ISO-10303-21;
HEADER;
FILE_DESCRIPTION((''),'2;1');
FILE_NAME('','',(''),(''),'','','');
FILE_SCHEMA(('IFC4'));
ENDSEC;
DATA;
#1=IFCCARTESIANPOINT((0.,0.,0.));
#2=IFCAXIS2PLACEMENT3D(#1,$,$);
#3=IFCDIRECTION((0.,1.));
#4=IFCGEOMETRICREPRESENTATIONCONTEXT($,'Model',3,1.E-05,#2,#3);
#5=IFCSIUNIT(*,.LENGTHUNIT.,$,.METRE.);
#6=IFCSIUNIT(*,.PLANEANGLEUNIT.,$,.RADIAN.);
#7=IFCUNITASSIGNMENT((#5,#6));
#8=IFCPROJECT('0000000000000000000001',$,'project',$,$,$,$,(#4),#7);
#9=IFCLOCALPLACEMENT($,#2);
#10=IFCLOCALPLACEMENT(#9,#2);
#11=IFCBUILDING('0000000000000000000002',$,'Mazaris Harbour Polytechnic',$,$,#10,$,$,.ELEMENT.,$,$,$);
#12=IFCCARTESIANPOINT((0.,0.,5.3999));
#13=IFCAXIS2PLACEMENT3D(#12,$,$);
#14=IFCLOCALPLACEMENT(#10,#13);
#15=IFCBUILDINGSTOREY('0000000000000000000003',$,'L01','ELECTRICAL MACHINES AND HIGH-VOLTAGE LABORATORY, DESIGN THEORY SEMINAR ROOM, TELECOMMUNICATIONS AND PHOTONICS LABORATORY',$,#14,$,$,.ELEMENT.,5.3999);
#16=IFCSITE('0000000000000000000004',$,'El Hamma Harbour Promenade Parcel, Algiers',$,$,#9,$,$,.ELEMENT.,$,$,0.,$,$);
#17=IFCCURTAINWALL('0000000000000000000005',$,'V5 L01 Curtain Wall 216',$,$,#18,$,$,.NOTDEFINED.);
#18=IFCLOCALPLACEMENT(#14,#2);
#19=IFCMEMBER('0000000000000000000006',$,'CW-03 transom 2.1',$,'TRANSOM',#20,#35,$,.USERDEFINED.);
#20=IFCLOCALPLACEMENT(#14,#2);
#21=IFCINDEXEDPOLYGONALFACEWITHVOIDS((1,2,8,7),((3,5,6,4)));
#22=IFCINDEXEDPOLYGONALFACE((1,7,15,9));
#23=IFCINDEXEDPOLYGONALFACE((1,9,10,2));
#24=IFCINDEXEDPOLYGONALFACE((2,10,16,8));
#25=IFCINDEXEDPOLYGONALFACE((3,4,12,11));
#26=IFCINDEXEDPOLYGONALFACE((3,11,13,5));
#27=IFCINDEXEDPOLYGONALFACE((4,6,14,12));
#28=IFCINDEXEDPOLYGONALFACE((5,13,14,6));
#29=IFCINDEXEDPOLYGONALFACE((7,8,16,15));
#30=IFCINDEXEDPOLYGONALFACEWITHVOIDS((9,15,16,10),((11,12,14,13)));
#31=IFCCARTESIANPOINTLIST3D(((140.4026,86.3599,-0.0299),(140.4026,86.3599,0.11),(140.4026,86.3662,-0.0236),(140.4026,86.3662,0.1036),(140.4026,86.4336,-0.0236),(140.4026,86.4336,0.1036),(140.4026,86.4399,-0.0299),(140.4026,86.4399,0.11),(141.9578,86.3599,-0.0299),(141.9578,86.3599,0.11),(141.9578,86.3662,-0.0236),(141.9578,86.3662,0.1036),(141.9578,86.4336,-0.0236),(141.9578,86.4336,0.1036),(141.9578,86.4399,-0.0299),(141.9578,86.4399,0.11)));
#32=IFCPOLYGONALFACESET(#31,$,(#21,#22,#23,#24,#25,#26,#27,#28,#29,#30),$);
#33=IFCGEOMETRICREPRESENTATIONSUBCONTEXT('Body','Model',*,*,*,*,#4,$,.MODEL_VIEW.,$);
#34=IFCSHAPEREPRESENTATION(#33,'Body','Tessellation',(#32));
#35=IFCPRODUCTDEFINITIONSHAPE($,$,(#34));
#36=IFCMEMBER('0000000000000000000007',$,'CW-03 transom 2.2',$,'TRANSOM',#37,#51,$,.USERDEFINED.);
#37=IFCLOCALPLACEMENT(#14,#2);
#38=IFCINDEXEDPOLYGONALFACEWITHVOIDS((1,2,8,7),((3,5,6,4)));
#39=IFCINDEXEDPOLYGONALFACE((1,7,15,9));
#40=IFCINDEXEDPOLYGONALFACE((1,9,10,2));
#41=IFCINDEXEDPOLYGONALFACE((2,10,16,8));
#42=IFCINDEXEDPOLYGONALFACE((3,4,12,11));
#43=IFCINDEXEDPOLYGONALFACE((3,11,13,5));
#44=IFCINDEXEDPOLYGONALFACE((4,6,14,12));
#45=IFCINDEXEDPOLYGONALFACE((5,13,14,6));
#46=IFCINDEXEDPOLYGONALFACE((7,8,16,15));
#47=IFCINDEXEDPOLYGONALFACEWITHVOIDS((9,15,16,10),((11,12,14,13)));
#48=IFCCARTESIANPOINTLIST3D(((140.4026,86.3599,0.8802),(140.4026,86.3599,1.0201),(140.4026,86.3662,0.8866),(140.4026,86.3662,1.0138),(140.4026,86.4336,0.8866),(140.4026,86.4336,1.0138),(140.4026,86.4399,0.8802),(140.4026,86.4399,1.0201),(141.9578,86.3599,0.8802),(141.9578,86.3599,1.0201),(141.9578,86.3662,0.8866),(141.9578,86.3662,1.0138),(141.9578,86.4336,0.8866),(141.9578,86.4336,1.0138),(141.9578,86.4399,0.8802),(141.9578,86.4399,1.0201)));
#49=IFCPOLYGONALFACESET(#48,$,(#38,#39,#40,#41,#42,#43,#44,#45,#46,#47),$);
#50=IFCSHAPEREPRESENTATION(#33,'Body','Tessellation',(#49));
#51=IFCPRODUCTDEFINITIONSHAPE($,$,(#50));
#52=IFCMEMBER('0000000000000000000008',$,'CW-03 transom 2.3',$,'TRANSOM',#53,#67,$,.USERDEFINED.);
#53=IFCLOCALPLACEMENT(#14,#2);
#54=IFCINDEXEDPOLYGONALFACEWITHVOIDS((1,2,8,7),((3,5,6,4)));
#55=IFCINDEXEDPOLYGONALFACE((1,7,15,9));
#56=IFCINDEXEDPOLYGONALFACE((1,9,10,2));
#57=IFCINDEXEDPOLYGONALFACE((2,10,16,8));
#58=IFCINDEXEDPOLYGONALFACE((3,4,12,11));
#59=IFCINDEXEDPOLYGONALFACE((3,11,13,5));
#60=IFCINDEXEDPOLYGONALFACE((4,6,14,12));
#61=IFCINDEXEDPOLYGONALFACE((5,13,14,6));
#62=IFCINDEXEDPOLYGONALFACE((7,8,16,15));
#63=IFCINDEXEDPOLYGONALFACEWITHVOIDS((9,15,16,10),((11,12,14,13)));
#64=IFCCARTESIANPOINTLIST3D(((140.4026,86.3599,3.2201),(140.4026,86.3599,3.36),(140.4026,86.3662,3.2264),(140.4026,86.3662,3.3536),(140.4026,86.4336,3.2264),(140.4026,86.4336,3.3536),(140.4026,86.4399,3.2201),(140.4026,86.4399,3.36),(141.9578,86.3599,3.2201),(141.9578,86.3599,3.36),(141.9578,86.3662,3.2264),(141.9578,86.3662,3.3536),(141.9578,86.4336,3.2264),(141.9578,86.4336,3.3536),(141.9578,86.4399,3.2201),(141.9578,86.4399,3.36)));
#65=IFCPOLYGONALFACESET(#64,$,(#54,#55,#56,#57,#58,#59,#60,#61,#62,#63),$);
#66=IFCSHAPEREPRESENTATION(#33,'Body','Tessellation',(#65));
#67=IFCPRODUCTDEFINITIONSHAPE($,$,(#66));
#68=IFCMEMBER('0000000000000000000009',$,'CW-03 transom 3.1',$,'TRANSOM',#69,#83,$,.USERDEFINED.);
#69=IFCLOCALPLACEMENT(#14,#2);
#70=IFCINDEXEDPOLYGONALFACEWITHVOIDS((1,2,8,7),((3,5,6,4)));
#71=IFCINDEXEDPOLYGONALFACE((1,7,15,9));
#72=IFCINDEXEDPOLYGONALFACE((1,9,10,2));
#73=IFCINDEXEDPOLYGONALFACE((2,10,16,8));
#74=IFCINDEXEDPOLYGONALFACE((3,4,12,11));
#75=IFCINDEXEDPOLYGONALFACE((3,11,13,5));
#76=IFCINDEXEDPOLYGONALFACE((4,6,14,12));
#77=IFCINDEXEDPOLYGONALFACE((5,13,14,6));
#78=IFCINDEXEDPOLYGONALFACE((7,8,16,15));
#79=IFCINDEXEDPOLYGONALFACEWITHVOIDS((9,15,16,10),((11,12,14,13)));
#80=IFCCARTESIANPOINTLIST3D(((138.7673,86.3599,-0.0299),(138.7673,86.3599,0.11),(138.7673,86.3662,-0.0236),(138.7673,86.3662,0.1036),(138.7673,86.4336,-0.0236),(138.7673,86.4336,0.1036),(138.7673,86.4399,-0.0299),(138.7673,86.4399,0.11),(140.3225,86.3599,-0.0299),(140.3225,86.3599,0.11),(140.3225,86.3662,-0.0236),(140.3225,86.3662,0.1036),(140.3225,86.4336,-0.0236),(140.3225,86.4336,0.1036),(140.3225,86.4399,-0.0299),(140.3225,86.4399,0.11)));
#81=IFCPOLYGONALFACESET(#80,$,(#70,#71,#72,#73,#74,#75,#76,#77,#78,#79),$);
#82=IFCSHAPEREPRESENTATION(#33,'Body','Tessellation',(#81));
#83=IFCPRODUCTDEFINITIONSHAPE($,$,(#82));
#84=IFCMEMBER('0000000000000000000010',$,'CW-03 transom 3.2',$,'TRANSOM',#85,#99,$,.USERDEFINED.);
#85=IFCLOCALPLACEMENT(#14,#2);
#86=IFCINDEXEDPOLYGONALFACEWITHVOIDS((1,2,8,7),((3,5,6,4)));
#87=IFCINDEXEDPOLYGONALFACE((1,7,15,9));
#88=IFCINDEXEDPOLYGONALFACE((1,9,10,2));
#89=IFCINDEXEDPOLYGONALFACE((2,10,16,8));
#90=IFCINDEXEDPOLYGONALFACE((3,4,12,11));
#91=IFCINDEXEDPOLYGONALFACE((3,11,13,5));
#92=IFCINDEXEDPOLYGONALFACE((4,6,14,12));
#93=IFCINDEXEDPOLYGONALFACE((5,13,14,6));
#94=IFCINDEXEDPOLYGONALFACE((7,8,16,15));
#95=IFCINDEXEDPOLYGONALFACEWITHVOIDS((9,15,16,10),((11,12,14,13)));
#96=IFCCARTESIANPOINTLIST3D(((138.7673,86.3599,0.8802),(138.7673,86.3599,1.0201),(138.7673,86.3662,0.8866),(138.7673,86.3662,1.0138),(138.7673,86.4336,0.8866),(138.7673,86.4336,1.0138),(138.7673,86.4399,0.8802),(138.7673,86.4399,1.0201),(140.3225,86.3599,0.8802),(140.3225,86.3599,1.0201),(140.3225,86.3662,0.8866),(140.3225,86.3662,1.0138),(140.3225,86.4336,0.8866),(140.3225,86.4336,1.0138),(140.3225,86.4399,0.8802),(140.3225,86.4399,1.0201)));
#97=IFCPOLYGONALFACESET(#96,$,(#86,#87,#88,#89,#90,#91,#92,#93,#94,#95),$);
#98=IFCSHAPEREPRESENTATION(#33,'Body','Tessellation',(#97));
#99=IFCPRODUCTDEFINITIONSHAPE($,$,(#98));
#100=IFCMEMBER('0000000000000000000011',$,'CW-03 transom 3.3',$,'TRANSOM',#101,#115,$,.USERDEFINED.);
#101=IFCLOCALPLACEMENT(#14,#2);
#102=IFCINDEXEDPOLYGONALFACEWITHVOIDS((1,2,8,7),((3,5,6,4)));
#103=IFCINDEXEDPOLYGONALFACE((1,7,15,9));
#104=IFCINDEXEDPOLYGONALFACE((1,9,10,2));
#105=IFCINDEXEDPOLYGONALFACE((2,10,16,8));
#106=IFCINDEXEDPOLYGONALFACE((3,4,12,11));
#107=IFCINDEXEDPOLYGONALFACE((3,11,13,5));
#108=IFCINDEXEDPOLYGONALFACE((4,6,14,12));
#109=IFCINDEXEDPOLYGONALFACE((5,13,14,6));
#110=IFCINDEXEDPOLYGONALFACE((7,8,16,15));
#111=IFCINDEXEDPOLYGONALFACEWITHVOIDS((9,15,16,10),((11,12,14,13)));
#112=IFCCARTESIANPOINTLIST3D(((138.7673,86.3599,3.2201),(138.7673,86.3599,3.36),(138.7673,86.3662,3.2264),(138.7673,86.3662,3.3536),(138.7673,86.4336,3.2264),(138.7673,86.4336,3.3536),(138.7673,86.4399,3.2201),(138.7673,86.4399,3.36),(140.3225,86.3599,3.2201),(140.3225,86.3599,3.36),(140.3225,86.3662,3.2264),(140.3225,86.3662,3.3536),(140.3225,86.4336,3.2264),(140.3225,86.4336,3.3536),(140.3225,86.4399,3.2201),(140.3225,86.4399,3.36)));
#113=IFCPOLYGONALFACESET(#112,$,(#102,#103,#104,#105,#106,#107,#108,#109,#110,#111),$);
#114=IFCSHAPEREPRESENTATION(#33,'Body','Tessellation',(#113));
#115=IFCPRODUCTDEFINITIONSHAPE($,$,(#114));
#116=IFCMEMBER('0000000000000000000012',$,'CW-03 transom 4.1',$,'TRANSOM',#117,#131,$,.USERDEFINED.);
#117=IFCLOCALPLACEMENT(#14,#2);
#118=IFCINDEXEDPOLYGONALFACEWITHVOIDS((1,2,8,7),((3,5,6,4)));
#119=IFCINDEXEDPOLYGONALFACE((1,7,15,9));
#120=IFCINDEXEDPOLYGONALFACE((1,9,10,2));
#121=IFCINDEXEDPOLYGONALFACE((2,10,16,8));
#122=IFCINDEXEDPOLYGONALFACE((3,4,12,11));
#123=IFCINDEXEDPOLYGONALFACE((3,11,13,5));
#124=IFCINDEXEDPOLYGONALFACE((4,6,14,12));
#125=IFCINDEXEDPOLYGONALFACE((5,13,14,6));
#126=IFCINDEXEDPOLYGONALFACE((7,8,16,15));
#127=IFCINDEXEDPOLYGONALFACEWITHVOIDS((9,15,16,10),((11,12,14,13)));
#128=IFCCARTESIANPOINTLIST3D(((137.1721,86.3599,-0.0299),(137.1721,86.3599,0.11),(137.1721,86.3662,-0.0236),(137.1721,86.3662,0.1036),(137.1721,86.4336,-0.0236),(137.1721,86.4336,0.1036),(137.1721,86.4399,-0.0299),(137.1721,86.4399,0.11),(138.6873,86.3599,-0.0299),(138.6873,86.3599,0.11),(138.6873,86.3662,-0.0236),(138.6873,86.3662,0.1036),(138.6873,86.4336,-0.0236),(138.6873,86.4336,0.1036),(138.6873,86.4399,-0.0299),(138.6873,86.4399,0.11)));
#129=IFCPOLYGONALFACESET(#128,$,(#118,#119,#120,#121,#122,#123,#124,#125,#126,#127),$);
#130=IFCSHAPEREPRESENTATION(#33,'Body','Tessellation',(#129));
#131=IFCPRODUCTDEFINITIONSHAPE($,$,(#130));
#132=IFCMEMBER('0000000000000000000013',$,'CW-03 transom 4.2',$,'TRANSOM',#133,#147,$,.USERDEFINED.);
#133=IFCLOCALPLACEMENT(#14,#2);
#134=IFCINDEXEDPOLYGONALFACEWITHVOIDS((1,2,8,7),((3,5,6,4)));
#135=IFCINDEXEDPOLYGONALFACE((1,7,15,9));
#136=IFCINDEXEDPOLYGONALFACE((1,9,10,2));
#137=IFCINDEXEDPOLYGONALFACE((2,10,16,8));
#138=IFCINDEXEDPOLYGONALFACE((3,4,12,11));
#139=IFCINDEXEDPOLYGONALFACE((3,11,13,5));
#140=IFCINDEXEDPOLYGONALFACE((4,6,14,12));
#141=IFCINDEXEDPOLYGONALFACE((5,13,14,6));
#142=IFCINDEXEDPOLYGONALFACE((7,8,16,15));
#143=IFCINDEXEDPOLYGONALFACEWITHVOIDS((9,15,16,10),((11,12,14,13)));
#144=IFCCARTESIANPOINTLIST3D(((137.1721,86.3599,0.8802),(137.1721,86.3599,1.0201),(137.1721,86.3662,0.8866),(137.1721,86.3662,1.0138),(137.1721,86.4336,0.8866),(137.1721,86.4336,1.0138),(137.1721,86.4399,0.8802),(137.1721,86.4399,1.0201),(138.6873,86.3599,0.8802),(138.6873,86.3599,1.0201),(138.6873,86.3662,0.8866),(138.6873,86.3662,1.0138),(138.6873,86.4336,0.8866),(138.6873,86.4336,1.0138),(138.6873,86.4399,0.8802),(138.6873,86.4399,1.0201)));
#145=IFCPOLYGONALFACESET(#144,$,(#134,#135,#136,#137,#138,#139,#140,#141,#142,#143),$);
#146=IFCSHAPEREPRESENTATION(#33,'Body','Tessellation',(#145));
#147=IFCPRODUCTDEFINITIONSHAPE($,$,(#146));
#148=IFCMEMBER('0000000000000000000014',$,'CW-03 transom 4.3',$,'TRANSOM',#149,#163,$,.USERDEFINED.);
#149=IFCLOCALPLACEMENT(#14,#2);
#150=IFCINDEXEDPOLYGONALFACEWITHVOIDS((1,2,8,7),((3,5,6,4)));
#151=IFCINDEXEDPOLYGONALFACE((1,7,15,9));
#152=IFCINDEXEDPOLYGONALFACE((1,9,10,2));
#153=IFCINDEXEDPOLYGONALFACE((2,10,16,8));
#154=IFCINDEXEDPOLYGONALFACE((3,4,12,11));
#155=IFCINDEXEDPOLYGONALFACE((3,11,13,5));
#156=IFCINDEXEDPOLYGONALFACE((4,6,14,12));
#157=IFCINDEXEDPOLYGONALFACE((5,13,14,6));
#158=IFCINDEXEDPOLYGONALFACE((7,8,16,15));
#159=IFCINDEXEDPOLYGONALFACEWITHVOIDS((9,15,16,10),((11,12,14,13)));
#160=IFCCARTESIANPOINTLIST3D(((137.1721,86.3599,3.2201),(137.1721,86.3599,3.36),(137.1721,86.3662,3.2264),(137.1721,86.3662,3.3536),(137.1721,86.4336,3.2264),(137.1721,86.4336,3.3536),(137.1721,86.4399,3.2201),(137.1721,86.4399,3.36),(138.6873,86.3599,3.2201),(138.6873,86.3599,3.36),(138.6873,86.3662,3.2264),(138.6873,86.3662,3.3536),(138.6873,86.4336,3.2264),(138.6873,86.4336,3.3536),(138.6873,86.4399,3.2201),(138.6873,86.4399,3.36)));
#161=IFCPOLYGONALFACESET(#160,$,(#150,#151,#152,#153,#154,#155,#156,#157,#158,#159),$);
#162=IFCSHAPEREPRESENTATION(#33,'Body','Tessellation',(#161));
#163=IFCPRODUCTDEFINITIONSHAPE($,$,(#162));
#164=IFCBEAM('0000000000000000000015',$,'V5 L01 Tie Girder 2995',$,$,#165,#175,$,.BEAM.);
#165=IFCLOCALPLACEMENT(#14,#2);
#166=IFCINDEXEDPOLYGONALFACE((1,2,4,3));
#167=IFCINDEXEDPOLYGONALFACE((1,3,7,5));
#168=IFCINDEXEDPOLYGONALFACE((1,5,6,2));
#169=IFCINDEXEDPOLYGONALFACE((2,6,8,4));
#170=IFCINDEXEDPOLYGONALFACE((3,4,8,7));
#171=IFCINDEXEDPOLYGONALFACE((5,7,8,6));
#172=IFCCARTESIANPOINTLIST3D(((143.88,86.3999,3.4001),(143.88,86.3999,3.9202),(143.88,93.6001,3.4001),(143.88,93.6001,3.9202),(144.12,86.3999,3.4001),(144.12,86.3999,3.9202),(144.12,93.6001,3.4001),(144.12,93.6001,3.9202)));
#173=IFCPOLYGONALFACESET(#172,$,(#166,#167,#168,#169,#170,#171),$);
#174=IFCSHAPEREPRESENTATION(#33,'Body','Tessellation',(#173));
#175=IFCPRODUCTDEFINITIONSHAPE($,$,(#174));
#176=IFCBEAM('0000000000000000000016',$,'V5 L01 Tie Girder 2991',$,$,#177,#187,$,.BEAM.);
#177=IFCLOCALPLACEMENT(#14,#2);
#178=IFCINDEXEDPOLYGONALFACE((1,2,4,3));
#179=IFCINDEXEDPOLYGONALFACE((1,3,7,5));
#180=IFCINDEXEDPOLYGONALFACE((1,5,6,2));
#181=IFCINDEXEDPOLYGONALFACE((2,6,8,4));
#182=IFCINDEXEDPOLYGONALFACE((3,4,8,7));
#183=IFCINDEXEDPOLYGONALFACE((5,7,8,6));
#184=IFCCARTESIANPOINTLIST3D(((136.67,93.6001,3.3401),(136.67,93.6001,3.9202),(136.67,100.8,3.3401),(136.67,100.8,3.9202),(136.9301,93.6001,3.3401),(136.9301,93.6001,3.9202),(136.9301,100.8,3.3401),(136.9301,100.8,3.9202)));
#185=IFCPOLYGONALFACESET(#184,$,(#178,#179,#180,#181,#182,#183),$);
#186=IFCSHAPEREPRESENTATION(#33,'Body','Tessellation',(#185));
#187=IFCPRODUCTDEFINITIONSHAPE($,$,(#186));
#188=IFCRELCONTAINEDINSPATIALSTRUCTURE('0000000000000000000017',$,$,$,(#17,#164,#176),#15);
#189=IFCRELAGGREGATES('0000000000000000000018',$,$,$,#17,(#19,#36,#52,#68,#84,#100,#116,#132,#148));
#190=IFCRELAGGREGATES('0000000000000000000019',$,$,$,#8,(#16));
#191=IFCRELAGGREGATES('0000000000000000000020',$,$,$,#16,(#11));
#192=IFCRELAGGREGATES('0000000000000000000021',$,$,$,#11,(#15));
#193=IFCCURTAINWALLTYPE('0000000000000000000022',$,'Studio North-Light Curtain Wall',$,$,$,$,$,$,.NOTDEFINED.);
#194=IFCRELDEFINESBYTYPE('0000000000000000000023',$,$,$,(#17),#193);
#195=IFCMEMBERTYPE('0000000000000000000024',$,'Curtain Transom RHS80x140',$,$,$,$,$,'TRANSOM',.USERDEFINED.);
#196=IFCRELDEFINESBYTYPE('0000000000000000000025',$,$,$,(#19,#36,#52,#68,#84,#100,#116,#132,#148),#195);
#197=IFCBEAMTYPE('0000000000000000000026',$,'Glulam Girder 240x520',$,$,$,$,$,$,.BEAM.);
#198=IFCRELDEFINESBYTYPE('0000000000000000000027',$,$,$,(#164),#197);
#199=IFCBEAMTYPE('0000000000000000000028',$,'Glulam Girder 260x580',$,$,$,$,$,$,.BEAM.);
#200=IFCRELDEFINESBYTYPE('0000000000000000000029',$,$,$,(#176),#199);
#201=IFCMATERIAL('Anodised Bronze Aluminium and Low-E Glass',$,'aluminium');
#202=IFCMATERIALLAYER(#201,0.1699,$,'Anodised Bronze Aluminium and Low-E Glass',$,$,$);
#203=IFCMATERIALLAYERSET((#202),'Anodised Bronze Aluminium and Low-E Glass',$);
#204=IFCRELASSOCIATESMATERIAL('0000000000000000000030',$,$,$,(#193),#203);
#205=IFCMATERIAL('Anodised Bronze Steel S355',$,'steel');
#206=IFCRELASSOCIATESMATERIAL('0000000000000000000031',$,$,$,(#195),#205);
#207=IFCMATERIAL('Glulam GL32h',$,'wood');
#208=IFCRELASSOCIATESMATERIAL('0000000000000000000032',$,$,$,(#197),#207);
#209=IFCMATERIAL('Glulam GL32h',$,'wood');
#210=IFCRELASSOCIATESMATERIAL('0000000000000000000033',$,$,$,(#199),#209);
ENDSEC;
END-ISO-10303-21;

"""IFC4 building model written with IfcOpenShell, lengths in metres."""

from ifc_helpers import new_model, si_unit, direction, frame, origin, origin_2d, place, context, subcontext, project, spatial, rectangle, hollow_rectangle, extrude, material, layer, layer_set, material_profile, profile_set, type_object, element, aggregate, save


model = new_model("IFC4")

# Units and contexts
model_context = context("Model", 3, precision=1e-05, world=origin(), true_north=direction((0.0, 1.0)))
body_context = subcontext(model_context, "Body", "Model", "MODEL_VIEW")
ifc_project = project(units=[si_unit("LENGTHUNIT", "METRE"), si_unit("PLANEANGLEUNIT", "RADIAN")], contexts=[model_context])

# Site, building, storey
site_placement = place(None, origin())
site = spatial("IfcSite", under=ifc_project, at=site_placement, Name="El Hamma Harbour Promenade Parcel, Algiers", CompositionType="ELEMENT", RefElevation=0.0)
building_placement = place(site_placement, origin())
building = spatial("IfcBuilding", under=site, at=building_placement, Name="Mazaris Harbour Polytechnic", CompositionType="ELEMENT")
storey_placement = place(building_placement, frame((0.0, 0.0, 5.3999)))
storey = spatial("IfcBuildingStorey", under=building, at=storey_placement, Name="L01", Description="ELECTRICAL MACHINES AND HIGH-VOLTAGE LABORATORY, DESIGN THEORY SEMINAR ROOM, TELECOMMUNICATIONS AND PHOTONICS LABORATORY", CompositionType="ELEMENT", Elevation=5.3999)

# Curtain wall
ifc_material_1 = material(Name="Anodised Bronze Aluminium and Low-E Glass", Category="aluminium")
ifc_layer_1 = layer(ifc_material_1, 0.1699, Name="Anodised Bronze Aluminium and Low-E Glass")
ifc_layer_set_1 = layer_set([ifc_layer_1], Name="Anodised Bronze Aluminium and Low-E Glass")
curtain_wall_type = type_object("IfcCurtainWallType", Name="Studio North-Light Curtain Wall", PredefinedType="NOTDEFINED", material=ifc_layer_set_1)
curtain_wall_1_placement = place(storey_placement, origin())
curtain_wall_1 = element("IfcCurtainWall", 1, at=curtain_wall_1_placement, inside=storey, type_object=curtain_wall_type, Name="V5 L01 Curtain Wall 216", PredefinedType="NOTDEFINED")

# Members
ifc_material_2 = material(Name="Anodised Bronze Steel S355", Category="steel")
ifc_material_profile_1 = material_profile(ifc_material_2, hollow_rectangle(XDim=0.0801, YDim=0.1399, WallThickness=0.0063, at=origin_2d()), Name="RHS 80x140x6.3")
ifc_profile_set_1 = profile_set([ifc_material_profile_1], Name="Anodised Bronze Steel S355")
member_type_1 = type_object("IfcMemberType", Name="Curtain Transom RHS80x140", ElementType="TRANSOM", PredefinedType="USERDEFINED", material=ifc_profile_set_1)
member_1_placement = place(storey_placement, frame((141.9578, 86.3999, 0.04), z_axis=(-1.0, 0.0, 0.0), x_axis=(0.0, -1.0, 0.0)))
member_1 = element("IfcMember", 2, at=member_1_placement, type_object=member_type_1, Name="CW-03 transom 2.1", ObjectType="TRANSOM", PredefinedType="USERDEFINED", context=body_context, shape_type="SweptSolid", body=[
    extrude(hollow_rectangle(XDim=0.0801, YDim=0.1399, WallThickness=0.0063, at=origin_2d()), origin(), (0.0, 0.0, 1.0), 1.5552),
])
member_2_placement = place(storey_placement, frame((141.9578, 86.3999, 0.9502), z_axis=(-1.0, 0.0, 0.0), x_axis=(0.0, -1.0, 0.0)))
member_2 = element("IfcMember", 3, at=member_2_placement, type_object=member_type_1, Name="CW-03 transom 2.2", ObjectType="TRANSOM", PredefinedType="USERDEFINED", context=body_context, shape_type="SweptSolid", body=[
    extrude(hollow_rectangle(XDim=0.0801, YDim=0.1399, WallThickness=0.0063, at=origin_2d()), origin(), (0.0, 0.0, 1.0), 1.5552),
])
member_3_placement = place(storey_placement, frame((141.9578, 86.3999, 3.29), z_axis=(-1.0, 0.0, 0.0), x_axis=(0.0, -1.0, 0.0)))
member_3 = element("IfcMember", 4, at=member_3_placement, type_object=member_type_1, Name="CW-03 transom 2.3", ObjectType="TRANSOM", PredefinedType="USERDEFINED", context=body_context, shape_type="SweptSolid", body=[
    extrude(hollow_rectangle(XDim=0.0801, YDim=0.1399, WallThickness=0.0063, at=origin_2d()), origin(), (0.0, 0.0, 1.0), 1.5552),
])
member_4_placement = place(storey_placement, frame((140.3225, 86.3999, 0.04), z_axis=(-1.0, 0.0, 0.0), x_axis=(0.0, -1.0, 0.0)))
member_4 = element("IfcMember", 5, at=member_4_placement, type_object=member_type_1, Name="CW-03 transom 3.1", ObjectType="TRANSOM", PredefinedType="USERDEFINED", context=body_context, shape_type="SweptSolid", body=[
    extrude(hollow_rectangle(XDim=0.0801, YDim=0.1399, WallThickness=0.0063, at=origin_2d()), origin(), (0.0, 0.0, 1.0), 1.5552),
])
member_5_placement = place(storey_placement, frame((140.3225, 86.3999, 0.9502), z_axis=(-1.0, 0.0, 0.0), x_axis=(0.0, -1.0, 0.0)))
member_5 = element("IfcMember", 6, at=member_5_placement, type_object=member_type_1, Name="CW-03 transom 3.2", ObjectType="TRANSOM", PredefinedType="USERDEFINED", context=body_context, shape_type="SweptSolid", body=[
    extrude(hollow_rectangle(XDim=0.0801, YDim=0.1399, WallThickness=0.0063, at=origin_2d()), origin(), (0.0, 0.0, 1.0), 1.5552),
])
member_6_placement = place(storey_placement, frame((140.3225, 86.3999, 3.29), z_axis=(-1.0, 0.0, 0.0), x_axis=(0.0, -1.0, 0.0)))
member_6 = element("IfcMember", 7, at=member_6_placement, type_object=member_type_1, Name="CW-03 transom 3.3", ObjectType="TRANSOM", PredefinedType="USERDEFINED", context=body_context, shape_type="SweptSolid", body=[
    extrude(hollow_rectangle(XDim=0.0801, YDim=0.1399, WallThickness=0.0063, at=origin_2d()), origin(), (0.0, 0.0, 1.0), 1.5552),
])
member_7_placement = place(storey_placement, frame((138.6873, 86.3999, 0.04), z_axis=(-1.0, 0.0, 0.0), x_axis=(0.0, -1.0, 0.0)))
member_7 = element("IfcMember", 8, at=member_7_placement, type_object=member_type_1, Name="CW-03 transom 4.1", ObjectType="TRANSOM", PredefinedType="USERDEFINED", context=body_context, shape_type="SweptSolid", body=[
    extrude(hollow_rectangle(XDim=0.0801, YDim=0.1399, WallThickness=0.0063, at=origin_2d()), origin(), (0.0, 0.0, 1.0), 1.5151),
])
member_8_placement = place(storey_placement, frame((138.6873, 86.3999, 0.9502), z_axis=(-1.0, 0.0, 0.0), x_axis=(0.0, -1.0, 0.0)))
member_8 = element("IfcMember", 9, at=member_8_placement, type_object=member_type_1, Name="CW-03 transom 4.2", ObjectType="TRANSOM", PredefinedType="USERDEFINED", context=body_context, shape_type="SweptSolid", body=[
    extrude(hollow_rectangle(XDim=0.0801, YDim=0.1399, WallThickness=0.0063, at=origin_2d()), origin(), (0.0, 0.0, 1.0), 1.5151),
])
member_9_placement = place(storey_placement, frame((138.6873, 86.3999, 3.29), z_axis=(-1.0, 0.0, 0.0), x_axis=(0.0, -1.0, 0.0)))
member_9 = element("IfcMember", 10, at=member_9_placement, type_object=member_type_1, Name="CW-03 transom 4.3", ObjectType="TRANSOM", PredefinedType="USERDEFINED", context=body_context, shape_type="SweptSolid", body=[
    extrude(hollow_rectangle(XDim=0.0801, YDim=0.1399, WallThickness=0.0063, at=origin_2d()), origin(), (0.0, 0.0, 1.0), 1.5151),
])

# Beams
ifc_material_3 = material(Name="Glulam GL32h", Category="wood")
ifc_material_profile_2 = material_profile(ifc_material_3, rectangle(XDim=0.24, YDim=0.52, at=origin_2d()), Name="RECT240x520")
ifc_profile_set_2 = profile_set([ifc_material_profile_2], Name="Glulam GL32h")
beam_type_1 = type_object("IfcBeamType", Name="Glulam Girder 240x520", PredefinedType="BEAM", material=ifc_profile_set_2)
beam_1_placement = place(storey_placement, frame((144.0, 86.3999, 3.6602), z_axis=(0.0, 1.0, 0.0), x_axis=(-1.0, 0.0, 0.0)))
element("IfcBeam", 11, at=beam_1_placement, inside=storey, type_object=beam_type_1, Name="V5 L01 Tie Girder 2995", PredefinedType="BEAM", context=body_context, shape_type="SweptSolid", body=[
    extrude(rectangle(XDim=0.24, YDim=0.52, at=origin_2d()), origin(), (0.0, 0.0, 1.0), 7.2002),
])
ifc_material_4 = material(Name="Glulam GL32h", Category="wood")
ifc_material_profile_3 = material_profile(ifc_material_4, rectangle(XDim=0.26, YDim=0.5801, at=origin_2d()), Name="RECT260x580")
ifc_profile_set_3 = profile_set([ifc_material_profile_3], Name="Glulam GL32h")
beam_type_2 = type_object("IfcBeamType", Name="Glulam Girder 260x580", PredefinedType="BEAM", material=ifc_profile_set_3)
for number, where, z_axis, x_axis, name in (
    (12, (136.8, 93.6001, 3.6301), (0.0, 1.0, 0.0), (-1.0, 0.0, 0.0), "V5 L01 Tie Girder 2991"),
):
    element("IfcBeam", number, at=place(storey_placement, frame(where, z_axis=z_axis, x_axis=x_axis)), inside=storey, type_object=beam_type_2, Name=name, PredefinedType="BEAM", context=body_context, shape_type="SweptSolid", body=[
        extrude(rectangle(XDim=0.26, YDim=0.5801, at=origin_2d()), origin(), (0.0, 0.0, 1.0), 7.2),
    ])

aggregate(curtain_wall_1, [member_1, member_2, member_3, member_4, member_5, member_6, member_7, member_8, member_9])

save(model, "model.ifc")
